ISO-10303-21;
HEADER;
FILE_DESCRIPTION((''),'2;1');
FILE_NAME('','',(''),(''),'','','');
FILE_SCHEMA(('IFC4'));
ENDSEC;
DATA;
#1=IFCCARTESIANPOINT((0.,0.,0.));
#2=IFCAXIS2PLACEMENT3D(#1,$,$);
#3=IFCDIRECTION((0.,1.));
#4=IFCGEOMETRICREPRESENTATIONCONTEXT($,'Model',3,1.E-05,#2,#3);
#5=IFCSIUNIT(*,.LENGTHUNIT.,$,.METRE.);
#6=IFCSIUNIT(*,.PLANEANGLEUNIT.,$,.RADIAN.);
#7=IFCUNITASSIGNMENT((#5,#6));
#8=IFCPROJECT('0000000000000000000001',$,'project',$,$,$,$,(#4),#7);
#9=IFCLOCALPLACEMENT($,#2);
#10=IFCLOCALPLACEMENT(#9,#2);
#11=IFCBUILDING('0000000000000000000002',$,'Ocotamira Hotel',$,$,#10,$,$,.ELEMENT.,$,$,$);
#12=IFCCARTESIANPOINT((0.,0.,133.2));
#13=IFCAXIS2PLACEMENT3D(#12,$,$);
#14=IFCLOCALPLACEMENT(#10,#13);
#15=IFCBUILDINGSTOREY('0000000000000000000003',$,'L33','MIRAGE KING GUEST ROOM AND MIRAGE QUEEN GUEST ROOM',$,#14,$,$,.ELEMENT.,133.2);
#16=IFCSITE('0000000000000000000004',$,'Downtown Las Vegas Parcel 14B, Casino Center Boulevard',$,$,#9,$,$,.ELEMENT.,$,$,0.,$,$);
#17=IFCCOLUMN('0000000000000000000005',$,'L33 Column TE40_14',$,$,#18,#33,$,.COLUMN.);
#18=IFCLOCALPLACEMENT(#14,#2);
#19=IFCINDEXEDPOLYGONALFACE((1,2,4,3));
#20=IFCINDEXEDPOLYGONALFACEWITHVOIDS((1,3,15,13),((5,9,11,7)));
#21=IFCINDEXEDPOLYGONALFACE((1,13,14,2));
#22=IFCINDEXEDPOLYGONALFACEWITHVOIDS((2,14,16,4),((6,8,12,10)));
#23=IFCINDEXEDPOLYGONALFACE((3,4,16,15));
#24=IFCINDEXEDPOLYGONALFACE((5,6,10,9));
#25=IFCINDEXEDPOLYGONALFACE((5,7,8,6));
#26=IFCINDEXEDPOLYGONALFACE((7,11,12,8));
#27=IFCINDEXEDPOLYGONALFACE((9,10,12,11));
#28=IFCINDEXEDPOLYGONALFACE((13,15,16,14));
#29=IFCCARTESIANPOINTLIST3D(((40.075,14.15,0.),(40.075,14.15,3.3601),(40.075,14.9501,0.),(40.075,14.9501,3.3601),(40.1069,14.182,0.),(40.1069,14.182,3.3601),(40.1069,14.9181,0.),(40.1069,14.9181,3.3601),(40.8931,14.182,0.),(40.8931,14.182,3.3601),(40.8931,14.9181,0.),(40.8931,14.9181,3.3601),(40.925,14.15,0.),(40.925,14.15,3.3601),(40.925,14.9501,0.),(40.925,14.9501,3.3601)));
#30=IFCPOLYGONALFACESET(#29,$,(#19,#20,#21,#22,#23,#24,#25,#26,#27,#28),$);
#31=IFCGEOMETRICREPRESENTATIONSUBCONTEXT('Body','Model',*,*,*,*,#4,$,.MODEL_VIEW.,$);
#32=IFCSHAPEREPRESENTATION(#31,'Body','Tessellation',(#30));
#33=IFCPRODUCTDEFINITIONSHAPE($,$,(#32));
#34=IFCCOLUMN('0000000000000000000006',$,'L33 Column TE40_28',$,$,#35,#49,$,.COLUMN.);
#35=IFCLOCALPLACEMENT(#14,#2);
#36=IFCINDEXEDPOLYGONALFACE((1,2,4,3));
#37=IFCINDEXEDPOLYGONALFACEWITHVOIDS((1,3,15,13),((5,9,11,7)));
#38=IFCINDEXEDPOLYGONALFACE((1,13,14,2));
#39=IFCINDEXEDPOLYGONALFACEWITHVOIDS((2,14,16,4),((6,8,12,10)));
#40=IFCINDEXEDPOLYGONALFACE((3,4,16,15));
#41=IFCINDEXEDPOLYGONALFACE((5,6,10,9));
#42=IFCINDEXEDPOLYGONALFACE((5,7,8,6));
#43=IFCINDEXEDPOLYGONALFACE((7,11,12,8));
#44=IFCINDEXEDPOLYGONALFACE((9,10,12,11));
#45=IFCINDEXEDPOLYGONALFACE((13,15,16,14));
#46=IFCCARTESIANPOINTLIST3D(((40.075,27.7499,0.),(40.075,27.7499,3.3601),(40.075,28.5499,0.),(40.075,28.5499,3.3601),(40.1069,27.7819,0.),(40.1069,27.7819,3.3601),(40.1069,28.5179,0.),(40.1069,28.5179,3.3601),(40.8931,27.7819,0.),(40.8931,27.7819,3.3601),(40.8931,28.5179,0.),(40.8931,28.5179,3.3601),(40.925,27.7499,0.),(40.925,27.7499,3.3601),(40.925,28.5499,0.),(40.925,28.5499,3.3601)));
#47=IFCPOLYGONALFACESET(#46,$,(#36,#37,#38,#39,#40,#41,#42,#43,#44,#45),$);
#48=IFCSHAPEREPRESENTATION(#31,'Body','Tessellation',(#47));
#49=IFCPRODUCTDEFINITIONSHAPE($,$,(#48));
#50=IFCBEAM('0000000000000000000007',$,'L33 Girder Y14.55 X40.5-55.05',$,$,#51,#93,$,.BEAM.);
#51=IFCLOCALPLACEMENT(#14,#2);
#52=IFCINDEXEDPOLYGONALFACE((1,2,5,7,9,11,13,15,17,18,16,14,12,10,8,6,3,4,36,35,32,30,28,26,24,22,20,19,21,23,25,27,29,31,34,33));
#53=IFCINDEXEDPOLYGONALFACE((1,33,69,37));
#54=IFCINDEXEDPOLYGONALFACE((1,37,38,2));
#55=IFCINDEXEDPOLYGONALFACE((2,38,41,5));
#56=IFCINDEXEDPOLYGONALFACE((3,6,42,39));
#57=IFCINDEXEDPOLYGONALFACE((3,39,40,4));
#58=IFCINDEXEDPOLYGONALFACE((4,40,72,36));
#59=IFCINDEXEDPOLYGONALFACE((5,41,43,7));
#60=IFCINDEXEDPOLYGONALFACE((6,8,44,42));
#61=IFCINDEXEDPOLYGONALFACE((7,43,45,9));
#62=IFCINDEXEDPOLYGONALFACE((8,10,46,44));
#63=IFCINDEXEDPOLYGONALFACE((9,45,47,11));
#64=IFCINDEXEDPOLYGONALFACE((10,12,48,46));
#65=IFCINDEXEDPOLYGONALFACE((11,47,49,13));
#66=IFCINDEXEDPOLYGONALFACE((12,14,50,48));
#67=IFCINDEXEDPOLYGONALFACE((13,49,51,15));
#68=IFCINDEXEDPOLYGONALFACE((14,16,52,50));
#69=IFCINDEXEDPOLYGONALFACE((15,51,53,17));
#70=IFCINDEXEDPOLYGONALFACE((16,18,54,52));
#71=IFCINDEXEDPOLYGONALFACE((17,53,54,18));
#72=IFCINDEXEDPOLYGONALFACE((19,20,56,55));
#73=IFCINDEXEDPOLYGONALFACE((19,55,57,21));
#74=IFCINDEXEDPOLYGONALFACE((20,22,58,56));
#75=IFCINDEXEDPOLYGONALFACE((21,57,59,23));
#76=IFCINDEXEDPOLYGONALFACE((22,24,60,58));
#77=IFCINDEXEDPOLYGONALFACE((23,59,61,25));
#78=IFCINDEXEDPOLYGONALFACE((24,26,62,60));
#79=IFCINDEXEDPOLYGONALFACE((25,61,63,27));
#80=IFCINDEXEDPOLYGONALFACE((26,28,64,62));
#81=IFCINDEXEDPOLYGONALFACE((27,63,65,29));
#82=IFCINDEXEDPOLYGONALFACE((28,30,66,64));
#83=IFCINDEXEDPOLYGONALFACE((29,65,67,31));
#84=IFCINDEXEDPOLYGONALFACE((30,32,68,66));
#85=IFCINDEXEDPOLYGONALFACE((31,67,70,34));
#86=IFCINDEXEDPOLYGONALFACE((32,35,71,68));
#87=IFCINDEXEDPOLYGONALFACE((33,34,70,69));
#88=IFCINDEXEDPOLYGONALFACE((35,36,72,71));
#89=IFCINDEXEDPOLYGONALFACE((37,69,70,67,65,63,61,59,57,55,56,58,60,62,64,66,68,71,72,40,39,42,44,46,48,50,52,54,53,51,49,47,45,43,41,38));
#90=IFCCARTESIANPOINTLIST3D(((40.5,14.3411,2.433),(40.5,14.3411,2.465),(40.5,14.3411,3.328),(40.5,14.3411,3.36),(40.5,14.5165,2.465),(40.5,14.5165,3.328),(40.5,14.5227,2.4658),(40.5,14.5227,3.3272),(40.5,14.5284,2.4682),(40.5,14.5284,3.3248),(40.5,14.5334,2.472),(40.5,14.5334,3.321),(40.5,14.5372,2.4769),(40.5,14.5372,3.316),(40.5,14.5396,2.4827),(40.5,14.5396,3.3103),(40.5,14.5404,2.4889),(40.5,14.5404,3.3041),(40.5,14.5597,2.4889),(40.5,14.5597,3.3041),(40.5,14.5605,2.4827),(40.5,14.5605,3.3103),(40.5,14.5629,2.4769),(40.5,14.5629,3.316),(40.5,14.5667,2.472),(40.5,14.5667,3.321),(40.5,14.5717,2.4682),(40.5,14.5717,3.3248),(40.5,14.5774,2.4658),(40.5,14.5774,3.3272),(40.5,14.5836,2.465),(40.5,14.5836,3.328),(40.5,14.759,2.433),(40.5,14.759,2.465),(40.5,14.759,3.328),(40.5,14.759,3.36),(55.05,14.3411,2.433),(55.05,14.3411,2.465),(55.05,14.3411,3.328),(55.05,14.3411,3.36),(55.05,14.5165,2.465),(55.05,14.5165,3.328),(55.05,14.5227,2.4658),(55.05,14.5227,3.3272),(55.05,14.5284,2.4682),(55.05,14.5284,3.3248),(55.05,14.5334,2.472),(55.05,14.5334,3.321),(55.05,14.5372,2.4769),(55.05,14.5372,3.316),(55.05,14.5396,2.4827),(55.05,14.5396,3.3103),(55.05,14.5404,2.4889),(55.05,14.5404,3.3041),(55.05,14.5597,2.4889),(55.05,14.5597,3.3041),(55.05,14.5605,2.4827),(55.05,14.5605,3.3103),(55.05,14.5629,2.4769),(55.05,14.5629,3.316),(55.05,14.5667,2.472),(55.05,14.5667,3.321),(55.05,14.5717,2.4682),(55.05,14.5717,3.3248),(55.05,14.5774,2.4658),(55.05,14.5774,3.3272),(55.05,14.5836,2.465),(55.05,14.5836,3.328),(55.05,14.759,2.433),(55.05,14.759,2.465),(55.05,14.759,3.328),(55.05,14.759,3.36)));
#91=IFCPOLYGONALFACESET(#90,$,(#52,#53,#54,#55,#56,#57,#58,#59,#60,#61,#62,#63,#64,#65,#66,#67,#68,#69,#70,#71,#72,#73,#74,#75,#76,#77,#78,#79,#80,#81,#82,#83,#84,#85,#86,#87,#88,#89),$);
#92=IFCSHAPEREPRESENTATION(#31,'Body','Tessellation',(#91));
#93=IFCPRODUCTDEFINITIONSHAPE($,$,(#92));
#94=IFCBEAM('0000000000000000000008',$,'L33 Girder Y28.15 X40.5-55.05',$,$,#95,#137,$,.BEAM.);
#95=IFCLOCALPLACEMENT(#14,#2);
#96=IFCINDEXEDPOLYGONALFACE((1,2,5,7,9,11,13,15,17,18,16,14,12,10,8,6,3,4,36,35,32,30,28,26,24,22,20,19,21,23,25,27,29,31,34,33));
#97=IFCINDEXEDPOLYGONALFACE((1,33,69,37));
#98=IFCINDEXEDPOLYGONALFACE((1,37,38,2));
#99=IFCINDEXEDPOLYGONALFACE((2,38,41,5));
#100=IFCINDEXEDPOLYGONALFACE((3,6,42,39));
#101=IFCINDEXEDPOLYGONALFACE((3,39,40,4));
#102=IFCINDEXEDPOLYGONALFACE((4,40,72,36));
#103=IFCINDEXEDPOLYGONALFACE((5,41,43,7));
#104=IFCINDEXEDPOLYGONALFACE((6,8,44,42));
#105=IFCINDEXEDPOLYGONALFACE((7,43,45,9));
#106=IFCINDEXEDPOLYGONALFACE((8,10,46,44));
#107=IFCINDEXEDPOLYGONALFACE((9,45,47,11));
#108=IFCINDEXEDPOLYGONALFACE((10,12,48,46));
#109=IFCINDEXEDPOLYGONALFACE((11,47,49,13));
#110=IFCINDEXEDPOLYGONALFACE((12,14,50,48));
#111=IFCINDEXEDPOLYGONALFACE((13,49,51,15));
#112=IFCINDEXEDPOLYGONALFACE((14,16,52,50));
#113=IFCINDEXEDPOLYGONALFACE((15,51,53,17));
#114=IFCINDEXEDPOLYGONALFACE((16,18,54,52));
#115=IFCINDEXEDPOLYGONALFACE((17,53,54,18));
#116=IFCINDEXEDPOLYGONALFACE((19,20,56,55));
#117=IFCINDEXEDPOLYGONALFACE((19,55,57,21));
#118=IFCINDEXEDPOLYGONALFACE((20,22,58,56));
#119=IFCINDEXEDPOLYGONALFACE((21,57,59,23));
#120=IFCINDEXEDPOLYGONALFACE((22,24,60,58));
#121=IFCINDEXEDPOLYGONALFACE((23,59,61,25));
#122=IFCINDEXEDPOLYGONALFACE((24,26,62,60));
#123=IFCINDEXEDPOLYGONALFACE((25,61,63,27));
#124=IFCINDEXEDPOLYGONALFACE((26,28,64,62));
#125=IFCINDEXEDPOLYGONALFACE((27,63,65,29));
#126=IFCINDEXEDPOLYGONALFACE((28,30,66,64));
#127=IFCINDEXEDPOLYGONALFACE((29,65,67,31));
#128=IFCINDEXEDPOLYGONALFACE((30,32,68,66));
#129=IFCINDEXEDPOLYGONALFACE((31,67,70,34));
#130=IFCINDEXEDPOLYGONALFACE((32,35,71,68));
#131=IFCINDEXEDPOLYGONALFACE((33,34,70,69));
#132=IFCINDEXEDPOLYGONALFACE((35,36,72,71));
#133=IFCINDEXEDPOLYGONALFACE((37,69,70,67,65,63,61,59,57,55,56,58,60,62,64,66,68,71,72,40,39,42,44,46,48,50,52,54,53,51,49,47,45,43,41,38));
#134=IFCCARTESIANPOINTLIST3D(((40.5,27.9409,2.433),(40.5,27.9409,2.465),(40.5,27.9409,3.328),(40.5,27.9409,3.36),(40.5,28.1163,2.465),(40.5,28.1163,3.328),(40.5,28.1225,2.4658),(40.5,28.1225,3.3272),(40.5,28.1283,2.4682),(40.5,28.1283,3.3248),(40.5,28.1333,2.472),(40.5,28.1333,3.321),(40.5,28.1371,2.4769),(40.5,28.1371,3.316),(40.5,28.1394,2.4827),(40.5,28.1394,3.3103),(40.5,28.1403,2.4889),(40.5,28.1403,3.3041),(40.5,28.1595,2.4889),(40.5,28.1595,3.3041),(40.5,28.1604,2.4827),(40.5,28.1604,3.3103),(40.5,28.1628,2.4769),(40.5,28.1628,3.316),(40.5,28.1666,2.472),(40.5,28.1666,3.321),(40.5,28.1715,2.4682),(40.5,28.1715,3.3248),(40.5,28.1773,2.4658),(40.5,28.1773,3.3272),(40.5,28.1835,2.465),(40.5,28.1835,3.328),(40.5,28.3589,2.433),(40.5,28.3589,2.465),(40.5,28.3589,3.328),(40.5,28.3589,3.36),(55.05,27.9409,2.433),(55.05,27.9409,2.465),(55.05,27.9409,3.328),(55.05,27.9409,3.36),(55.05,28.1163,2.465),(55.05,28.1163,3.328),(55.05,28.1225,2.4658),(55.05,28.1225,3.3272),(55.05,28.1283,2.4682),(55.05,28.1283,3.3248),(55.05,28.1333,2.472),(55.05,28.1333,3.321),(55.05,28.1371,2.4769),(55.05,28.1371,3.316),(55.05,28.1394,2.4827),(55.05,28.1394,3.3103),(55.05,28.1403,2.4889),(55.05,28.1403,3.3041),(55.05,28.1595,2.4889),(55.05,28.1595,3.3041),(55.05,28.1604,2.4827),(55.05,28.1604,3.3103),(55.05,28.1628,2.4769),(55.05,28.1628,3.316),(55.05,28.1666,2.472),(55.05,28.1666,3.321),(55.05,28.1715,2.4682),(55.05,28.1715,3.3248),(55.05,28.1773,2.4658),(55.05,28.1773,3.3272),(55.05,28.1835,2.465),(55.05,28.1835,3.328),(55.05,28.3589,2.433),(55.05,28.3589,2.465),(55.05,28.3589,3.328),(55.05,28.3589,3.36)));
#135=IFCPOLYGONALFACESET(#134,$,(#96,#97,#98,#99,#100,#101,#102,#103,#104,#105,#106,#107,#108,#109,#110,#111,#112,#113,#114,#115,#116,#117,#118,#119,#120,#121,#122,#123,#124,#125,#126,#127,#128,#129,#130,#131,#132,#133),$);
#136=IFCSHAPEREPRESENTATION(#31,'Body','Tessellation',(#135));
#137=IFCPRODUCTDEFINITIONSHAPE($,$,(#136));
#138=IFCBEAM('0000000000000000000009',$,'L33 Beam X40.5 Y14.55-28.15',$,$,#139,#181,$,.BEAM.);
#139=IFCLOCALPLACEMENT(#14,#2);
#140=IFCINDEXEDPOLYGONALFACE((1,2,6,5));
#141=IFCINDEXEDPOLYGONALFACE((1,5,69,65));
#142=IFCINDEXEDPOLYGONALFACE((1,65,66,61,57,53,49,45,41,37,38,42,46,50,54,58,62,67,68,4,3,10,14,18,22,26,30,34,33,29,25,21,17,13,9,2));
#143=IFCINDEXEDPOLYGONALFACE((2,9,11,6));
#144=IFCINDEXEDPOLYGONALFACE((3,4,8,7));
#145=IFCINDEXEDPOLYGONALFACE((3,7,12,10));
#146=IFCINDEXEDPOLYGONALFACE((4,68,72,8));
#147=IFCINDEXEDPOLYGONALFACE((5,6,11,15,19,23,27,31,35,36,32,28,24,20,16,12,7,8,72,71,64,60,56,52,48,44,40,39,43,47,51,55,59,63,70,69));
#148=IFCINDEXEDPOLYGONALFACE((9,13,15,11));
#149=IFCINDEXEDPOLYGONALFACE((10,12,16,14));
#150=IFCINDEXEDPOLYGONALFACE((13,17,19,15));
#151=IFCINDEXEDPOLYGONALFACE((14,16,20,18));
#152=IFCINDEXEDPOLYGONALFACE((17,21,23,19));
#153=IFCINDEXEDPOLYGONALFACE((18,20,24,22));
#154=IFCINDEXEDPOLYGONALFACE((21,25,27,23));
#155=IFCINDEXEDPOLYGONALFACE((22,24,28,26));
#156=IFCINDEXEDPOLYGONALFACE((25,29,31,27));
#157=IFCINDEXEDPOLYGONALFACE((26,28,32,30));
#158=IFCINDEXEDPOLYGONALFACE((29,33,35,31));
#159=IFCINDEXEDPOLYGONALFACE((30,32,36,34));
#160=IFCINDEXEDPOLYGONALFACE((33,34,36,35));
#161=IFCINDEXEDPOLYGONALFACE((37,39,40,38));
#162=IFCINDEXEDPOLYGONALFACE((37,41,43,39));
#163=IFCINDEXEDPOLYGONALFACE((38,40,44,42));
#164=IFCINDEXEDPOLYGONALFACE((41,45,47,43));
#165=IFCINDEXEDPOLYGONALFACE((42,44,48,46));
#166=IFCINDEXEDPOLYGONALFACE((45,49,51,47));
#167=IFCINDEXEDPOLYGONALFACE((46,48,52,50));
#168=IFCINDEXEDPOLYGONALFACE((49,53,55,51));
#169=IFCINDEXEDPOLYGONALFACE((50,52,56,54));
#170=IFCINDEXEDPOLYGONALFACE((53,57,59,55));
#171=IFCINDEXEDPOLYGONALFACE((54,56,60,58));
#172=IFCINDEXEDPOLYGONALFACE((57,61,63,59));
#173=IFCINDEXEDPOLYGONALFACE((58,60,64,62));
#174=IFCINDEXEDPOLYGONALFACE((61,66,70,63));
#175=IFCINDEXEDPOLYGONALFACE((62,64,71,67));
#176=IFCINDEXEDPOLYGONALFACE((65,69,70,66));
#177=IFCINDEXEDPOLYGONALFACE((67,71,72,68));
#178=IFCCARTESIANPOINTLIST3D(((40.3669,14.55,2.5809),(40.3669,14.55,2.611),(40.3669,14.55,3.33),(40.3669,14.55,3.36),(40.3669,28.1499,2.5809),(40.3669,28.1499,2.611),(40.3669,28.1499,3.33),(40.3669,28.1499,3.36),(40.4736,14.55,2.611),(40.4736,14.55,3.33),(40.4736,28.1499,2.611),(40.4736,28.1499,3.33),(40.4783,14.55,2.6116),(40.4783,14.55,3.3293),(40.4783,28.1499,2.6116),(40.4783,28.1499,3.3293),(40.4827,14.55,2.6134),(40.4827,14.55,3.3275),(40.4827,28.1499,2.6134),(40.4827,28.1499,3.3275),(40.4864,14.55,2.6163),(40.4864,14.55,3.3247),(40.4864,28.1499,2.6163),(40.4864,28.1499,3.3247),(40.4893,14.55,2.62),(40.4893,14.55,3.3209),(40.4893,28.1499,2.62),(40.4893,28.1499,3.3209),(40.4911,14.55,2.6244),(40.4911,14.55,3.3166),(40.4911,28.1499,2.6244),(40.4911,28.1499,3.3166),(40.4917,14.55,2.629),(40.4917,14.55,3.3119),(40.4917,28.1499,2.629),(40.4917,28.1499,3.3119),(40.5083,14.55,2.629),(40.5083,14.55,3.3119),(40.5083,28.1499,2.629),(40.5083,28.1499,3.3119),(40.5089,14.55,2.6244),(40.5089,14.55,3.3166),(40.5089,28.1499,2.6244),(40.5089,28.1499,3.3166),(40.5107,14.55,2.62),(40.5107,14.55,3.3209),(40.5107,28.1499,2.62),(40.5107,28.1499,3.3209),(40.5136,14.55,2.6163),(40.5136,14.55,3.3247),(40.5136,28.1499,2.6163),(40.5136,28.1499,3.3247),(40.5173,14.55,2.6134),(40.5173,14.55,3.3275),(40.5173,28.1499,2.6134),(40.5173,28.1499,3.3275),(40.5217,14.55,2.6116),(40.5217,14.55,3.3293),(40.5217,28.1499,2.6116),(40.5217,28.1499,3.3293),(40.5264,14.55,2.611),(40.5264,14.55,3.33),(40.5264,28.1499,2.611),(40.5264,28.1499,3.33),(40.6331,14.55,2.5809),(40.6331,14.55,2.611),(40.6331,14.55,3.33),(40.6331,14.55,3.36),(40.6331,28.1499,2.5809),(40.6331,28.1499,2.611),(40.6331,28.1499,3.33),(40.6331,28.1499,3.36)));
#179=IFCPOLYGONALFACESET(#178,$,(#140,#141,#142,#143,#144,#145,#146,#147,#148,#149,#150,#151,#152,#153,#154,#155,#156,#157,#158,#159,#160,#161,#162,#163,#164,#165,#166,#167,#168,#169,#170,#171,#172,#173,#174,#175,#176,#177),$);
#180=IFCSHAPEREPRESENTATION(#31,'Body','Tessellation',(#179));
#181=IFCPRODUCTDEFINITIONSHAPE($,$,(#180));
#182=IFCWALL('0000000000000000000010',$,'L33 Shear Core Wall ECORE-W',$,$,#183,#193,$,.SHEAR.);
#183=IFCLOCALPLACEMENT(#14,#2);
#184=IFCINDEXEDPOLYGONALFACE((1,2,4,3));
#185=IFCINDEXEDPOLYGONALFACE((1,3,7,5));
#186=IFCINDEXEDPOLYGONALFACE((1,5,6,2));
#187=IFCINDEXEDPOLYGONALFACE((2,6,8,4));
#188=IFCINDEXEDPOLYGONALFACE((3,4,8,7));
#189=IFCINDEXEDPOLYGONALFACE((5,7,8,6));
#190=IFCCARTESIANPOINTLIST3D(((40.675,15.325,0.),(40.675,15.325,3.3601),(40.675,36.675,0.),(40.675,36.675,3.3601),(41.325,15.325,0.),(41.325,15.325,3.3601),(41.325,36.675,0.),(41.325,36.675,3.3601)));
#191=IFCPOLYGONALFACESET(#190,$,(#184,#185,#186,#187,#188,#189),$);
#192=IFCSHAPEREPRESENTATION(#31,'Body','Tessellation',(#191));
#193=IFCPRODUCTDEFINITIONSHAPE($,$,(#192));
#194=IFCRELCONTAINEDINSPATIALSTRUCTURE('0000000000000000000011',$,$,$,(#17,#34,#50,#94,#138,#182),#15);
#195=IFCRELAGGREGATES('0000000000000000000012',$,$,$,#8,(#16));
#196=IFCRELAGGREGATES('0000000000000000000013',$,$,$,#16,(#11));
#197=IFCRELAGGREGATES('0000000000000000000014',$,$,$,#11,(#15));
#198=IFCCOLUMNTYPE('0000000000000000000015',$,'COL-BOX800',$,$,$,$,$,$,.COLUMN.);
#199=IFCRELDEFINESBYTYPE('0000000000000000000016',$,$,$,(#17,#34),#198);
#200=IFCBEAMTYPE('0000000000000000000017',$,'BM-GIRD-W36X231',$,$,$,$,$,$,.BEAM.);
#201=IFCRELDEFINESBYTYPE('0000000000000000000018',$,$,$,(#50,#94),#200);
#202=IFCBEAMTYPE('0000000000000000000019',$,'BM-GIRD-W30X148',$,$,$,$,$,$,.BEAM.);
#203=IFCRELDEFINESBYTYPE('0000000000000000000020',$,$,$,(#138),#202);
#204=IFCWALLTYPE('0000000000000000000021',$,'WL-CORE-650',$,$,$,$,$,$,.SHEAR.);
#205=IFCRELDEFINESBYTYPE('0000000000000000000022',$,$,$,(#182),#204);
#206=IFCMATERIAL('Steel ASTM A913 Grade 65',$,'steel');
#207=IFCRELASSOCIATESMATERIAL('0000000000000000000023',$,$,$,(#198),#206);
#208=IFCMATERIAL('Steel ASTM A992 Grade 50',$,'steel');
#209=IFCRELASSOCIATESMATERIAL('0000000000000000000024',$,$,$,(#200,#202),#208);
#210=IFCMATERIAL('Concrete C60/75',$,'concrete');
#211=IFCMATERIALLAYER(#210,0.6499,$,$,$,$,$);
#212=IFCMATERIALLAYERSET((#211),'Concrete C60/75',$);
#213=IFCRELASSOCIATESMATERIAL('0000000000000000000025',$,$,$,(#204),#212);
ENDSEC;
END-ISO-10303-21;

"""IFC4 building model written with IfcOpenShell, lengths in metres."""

from ifc_helpers import new_model, si_unit, direction, frame, frame_2d, origin, origin_2d, place, context, subcontext, project, spatial, rectangle, hollow_rectangle, i_section, extrude, source, transform, mapped, material, layer, layer_set, material_profile, profile_set, type_object, element, save


model = new_model("IFC4")

# Units and contexts
model_context = context("Model", 3, precision=1e-05, world=origin(), true_north=direction((0.0, 1.0)))
body_context = subcontext(model_context, "Body", "Model", "MODEL_VIEW")
ifc_project = project(units=[si_unit("LENGTHUNIT", "METRE"), si_unit("PLANEANGLEUNIT", "RADIAN")], contexts=[model_context])

# Site, building, storey
site_placement = place(None, origin())
site = spatial("IfcSite", under=ifc_project, at=site_placement, Name="Downtown Las Vegas Parcel 14B, Casino Center Boulevard", CompositionType="ELEMENT", RefElevation=0.0)
building_placement = place(site_placement, origin())
building = spatial("IfcBuilding", under=site, at=building_placement, Name="Ocotamira Hotel", CompositionType="ELEMENT")
storey_placement = place(building_placement, frame((0.0, 0.0, 133.2)))
storey = spatial("IfcBuildingStorey", under=building, at=storey_placement, Name="L33", Description="MIRAGE KING GUEST ROOM AND MIRAGE QUEEN GUEST ROOM", CompositionType="ELEMENT", Elevation=133.2)

# Columns
ifc_material_1 = material(Name="Steel ASTM A913 Grade 65", Category="steel")
ifc_material_profile_1 = material_profile(ifc_material_1, hollow_rectangle(XDim=0.8501, YDim=0.8, WallThickness=0.032, at=origin_2d()), Name="BOX800X850X32")
ifc_profile_set_1 = profile_set([ifc_material_profile_1], Name="Steel ASTM A913 Grade 65")
column_type = type_object("IfcColumnType", Name="COL-BOX800", PredefinedType="COLUMN", material=ifc_profile_set_1)
shared_shape_1 = source(origin(), body_context, "Body", "SweptSolid", [
    extrude(hollow_rectangle(XDim=0.8501, YDim=0.8, WallThickness=0.032, at=origin_2d()), origin(), (0.0, 0.0, 1.0), 3.3601),
])
for number, where, z_axis, x_axis, name in (
    (1, (40.5, 14.55, 0.0), (0.0, 0.0, 1.0), (1.0, 0.0, 0.0), "L33 Column TE40_14"),
    (2, (40.5, 28.1499, 0.0), (0.0, 0.0, 1.0), (1.0, 0.0, 0.0), "L33 Column TE40_28"),
):
    element("IfcColumn", number, at=place(storey_placement, frame(where, z_axis=z_axis, x_axis=x_axis)), inside=storey, type_object=column_type, Name=name, PredefinedType="COLUMN", context=body_context, shape_type="MappedRepresentation", body=[
        mapped(shared_shape_1, transform((0.0, 0.0, 0.0), scale=1.0)),
    ])

# Beams
ifc_material_2 = material(Name="Steel ASTM A992 Grade 50", Category="steel")
ifc_material_profile_2 = material_profile(ifc_material_2, i_section(OverallWidth=0.418, OverallDepth=0.927, WebThickness=0.0193, FlangeThickness=0.032, FilletRadius=0.0239, at=origin_2d()), Name="W36X231")
ifc_profile_set_2 = profile_set([ifc_material_profile_2], Name="Steel ASTM A992 Grade 50")
beam_type_1 = type_object("IfcBeamType", Name="BM-GIRD-W36X231", PredefinedType="BEAM", material=ifc_profile_set_2)
shared_shape_2 = source(origin(), body_context, "Body", "SweptSolid", [
    extrude(i_section(OverallWidth=0.418, OverallDepth=0.927, WebThickness=0.0193, FlangeThickness=0.032, FilletRadius=0.0239, at=origin_2d()), origin(), (0.0, 0.0, 1.0), 14.55),
])
for number, where, z_axis, x_axis, name in (
    (3, (40.5, 14.55, 2.8965), (1.0, 0.0, 0.0), (0.0, 1.0, 0.0), "L33 Girder Y14.55 X40.5-55.05"),
    (4, (40.5, 28.1499, 2.8965), (1.0, 0.0, 0.0), (0.0, 1.0, 0.0), "L33 Girder Y28.15 X40.5-55.05"),
):
    element("IfcBeam", number, at=place(storey_placement, frame(where, z_axis=z_axis, x_axis=x_axis)), inside=storey, type_object=beam_type_1, Name=name, PredefinedType="BEAM", context=body_context, shape_type="MappedRepresentation", body=[
        mapped(shared_shape_2, transform((0.0, 0.0, 0.0), scale=1.0)),
    ])
ifc_material_profile_3 = material_profile(ifc_material_2, i_section(OverallWidth=0.2661, OverallDepth=0.7791, WebThickness=0.0166, FlangeThickness=0.03, FilletRadius=0.0181, at=origin_2d()), Name="W30X148")
ifc_profile_set_3 = profile_set([ifc_material_profile_3], Name="Steel ASTM A992 Grade 50")
beam_type_2 = type_object("IfcBeamType", Name="BM-GIRD-W30X148", PredefinedType="BEAM", material=ifc_profile_set_3)
shared_shape_3 = source(origin(), body_context, "Body", "SweptSolid", [
    extrude(i_section(OverallWidth=0.2661, OverallDepth=0.7791, WebThickness=0.0166, FlangeThickness=0.03, FilletRadius=0.0181, at=origin_2d()), origin(), (0.0, 0.0, 1.0), 13.5999),
])
beam_placement = place(storey_placement, frame((40.5, 14.55, 2.9705), z_axis=(0.0, 1.0, 0.0), x_axis=(-1.0, 0.0, 0.0)))
element("IfcBeam", 5, at=beam_placement, inside=storey, type_object=beam_type_2, Name="L33 Beam X40.5 Y14.55-28.15", PredefinedType="BEAM", context=body_context, shape_type="MappedRepresentation", body=[
    mapped(shared_shape_3, transform((0.0, 0.0, 0.0), scale=1.0)),
])

# Shared definitions
ifc_material_3 = material(Name="Concrete C60/75", Category="concrete")
ifc_layer_1 = layer(ifc_material_3, 0.6499)
ifc_layer_set_1 = layer_set([ifc_layer_1], Name="Concrete C60/75")
wall_type_1 = type_object("IfcWallType", Name="WL-CORE-650", PredefinedType="SHEAR", material=ifc_layer_set_1)

# Wall
wall_1_placement = place(storey_placement, frame((41.0, 15.325, 0.0), z_axis=(0.0, 0.0, 1.0), x_axis=(0.0, 1.0, 0.0)))
element("IfcWall", 6, at=wall_1_placement, inside=storey, type_object=wall_type_1, Name="L33 Shear Core Wall ECORE-W", PredefinedType="SHEAR", context=body_context, shape_type="SweptSolid", body=[
    extrude(rectangle(XDim=21.3501, YDim=0.6499, at=frame_2d((10.675, 0.0))), origin(), (0.0, 0.0, 1.0), 3.3601),
])

save(model, "model.ifc")
